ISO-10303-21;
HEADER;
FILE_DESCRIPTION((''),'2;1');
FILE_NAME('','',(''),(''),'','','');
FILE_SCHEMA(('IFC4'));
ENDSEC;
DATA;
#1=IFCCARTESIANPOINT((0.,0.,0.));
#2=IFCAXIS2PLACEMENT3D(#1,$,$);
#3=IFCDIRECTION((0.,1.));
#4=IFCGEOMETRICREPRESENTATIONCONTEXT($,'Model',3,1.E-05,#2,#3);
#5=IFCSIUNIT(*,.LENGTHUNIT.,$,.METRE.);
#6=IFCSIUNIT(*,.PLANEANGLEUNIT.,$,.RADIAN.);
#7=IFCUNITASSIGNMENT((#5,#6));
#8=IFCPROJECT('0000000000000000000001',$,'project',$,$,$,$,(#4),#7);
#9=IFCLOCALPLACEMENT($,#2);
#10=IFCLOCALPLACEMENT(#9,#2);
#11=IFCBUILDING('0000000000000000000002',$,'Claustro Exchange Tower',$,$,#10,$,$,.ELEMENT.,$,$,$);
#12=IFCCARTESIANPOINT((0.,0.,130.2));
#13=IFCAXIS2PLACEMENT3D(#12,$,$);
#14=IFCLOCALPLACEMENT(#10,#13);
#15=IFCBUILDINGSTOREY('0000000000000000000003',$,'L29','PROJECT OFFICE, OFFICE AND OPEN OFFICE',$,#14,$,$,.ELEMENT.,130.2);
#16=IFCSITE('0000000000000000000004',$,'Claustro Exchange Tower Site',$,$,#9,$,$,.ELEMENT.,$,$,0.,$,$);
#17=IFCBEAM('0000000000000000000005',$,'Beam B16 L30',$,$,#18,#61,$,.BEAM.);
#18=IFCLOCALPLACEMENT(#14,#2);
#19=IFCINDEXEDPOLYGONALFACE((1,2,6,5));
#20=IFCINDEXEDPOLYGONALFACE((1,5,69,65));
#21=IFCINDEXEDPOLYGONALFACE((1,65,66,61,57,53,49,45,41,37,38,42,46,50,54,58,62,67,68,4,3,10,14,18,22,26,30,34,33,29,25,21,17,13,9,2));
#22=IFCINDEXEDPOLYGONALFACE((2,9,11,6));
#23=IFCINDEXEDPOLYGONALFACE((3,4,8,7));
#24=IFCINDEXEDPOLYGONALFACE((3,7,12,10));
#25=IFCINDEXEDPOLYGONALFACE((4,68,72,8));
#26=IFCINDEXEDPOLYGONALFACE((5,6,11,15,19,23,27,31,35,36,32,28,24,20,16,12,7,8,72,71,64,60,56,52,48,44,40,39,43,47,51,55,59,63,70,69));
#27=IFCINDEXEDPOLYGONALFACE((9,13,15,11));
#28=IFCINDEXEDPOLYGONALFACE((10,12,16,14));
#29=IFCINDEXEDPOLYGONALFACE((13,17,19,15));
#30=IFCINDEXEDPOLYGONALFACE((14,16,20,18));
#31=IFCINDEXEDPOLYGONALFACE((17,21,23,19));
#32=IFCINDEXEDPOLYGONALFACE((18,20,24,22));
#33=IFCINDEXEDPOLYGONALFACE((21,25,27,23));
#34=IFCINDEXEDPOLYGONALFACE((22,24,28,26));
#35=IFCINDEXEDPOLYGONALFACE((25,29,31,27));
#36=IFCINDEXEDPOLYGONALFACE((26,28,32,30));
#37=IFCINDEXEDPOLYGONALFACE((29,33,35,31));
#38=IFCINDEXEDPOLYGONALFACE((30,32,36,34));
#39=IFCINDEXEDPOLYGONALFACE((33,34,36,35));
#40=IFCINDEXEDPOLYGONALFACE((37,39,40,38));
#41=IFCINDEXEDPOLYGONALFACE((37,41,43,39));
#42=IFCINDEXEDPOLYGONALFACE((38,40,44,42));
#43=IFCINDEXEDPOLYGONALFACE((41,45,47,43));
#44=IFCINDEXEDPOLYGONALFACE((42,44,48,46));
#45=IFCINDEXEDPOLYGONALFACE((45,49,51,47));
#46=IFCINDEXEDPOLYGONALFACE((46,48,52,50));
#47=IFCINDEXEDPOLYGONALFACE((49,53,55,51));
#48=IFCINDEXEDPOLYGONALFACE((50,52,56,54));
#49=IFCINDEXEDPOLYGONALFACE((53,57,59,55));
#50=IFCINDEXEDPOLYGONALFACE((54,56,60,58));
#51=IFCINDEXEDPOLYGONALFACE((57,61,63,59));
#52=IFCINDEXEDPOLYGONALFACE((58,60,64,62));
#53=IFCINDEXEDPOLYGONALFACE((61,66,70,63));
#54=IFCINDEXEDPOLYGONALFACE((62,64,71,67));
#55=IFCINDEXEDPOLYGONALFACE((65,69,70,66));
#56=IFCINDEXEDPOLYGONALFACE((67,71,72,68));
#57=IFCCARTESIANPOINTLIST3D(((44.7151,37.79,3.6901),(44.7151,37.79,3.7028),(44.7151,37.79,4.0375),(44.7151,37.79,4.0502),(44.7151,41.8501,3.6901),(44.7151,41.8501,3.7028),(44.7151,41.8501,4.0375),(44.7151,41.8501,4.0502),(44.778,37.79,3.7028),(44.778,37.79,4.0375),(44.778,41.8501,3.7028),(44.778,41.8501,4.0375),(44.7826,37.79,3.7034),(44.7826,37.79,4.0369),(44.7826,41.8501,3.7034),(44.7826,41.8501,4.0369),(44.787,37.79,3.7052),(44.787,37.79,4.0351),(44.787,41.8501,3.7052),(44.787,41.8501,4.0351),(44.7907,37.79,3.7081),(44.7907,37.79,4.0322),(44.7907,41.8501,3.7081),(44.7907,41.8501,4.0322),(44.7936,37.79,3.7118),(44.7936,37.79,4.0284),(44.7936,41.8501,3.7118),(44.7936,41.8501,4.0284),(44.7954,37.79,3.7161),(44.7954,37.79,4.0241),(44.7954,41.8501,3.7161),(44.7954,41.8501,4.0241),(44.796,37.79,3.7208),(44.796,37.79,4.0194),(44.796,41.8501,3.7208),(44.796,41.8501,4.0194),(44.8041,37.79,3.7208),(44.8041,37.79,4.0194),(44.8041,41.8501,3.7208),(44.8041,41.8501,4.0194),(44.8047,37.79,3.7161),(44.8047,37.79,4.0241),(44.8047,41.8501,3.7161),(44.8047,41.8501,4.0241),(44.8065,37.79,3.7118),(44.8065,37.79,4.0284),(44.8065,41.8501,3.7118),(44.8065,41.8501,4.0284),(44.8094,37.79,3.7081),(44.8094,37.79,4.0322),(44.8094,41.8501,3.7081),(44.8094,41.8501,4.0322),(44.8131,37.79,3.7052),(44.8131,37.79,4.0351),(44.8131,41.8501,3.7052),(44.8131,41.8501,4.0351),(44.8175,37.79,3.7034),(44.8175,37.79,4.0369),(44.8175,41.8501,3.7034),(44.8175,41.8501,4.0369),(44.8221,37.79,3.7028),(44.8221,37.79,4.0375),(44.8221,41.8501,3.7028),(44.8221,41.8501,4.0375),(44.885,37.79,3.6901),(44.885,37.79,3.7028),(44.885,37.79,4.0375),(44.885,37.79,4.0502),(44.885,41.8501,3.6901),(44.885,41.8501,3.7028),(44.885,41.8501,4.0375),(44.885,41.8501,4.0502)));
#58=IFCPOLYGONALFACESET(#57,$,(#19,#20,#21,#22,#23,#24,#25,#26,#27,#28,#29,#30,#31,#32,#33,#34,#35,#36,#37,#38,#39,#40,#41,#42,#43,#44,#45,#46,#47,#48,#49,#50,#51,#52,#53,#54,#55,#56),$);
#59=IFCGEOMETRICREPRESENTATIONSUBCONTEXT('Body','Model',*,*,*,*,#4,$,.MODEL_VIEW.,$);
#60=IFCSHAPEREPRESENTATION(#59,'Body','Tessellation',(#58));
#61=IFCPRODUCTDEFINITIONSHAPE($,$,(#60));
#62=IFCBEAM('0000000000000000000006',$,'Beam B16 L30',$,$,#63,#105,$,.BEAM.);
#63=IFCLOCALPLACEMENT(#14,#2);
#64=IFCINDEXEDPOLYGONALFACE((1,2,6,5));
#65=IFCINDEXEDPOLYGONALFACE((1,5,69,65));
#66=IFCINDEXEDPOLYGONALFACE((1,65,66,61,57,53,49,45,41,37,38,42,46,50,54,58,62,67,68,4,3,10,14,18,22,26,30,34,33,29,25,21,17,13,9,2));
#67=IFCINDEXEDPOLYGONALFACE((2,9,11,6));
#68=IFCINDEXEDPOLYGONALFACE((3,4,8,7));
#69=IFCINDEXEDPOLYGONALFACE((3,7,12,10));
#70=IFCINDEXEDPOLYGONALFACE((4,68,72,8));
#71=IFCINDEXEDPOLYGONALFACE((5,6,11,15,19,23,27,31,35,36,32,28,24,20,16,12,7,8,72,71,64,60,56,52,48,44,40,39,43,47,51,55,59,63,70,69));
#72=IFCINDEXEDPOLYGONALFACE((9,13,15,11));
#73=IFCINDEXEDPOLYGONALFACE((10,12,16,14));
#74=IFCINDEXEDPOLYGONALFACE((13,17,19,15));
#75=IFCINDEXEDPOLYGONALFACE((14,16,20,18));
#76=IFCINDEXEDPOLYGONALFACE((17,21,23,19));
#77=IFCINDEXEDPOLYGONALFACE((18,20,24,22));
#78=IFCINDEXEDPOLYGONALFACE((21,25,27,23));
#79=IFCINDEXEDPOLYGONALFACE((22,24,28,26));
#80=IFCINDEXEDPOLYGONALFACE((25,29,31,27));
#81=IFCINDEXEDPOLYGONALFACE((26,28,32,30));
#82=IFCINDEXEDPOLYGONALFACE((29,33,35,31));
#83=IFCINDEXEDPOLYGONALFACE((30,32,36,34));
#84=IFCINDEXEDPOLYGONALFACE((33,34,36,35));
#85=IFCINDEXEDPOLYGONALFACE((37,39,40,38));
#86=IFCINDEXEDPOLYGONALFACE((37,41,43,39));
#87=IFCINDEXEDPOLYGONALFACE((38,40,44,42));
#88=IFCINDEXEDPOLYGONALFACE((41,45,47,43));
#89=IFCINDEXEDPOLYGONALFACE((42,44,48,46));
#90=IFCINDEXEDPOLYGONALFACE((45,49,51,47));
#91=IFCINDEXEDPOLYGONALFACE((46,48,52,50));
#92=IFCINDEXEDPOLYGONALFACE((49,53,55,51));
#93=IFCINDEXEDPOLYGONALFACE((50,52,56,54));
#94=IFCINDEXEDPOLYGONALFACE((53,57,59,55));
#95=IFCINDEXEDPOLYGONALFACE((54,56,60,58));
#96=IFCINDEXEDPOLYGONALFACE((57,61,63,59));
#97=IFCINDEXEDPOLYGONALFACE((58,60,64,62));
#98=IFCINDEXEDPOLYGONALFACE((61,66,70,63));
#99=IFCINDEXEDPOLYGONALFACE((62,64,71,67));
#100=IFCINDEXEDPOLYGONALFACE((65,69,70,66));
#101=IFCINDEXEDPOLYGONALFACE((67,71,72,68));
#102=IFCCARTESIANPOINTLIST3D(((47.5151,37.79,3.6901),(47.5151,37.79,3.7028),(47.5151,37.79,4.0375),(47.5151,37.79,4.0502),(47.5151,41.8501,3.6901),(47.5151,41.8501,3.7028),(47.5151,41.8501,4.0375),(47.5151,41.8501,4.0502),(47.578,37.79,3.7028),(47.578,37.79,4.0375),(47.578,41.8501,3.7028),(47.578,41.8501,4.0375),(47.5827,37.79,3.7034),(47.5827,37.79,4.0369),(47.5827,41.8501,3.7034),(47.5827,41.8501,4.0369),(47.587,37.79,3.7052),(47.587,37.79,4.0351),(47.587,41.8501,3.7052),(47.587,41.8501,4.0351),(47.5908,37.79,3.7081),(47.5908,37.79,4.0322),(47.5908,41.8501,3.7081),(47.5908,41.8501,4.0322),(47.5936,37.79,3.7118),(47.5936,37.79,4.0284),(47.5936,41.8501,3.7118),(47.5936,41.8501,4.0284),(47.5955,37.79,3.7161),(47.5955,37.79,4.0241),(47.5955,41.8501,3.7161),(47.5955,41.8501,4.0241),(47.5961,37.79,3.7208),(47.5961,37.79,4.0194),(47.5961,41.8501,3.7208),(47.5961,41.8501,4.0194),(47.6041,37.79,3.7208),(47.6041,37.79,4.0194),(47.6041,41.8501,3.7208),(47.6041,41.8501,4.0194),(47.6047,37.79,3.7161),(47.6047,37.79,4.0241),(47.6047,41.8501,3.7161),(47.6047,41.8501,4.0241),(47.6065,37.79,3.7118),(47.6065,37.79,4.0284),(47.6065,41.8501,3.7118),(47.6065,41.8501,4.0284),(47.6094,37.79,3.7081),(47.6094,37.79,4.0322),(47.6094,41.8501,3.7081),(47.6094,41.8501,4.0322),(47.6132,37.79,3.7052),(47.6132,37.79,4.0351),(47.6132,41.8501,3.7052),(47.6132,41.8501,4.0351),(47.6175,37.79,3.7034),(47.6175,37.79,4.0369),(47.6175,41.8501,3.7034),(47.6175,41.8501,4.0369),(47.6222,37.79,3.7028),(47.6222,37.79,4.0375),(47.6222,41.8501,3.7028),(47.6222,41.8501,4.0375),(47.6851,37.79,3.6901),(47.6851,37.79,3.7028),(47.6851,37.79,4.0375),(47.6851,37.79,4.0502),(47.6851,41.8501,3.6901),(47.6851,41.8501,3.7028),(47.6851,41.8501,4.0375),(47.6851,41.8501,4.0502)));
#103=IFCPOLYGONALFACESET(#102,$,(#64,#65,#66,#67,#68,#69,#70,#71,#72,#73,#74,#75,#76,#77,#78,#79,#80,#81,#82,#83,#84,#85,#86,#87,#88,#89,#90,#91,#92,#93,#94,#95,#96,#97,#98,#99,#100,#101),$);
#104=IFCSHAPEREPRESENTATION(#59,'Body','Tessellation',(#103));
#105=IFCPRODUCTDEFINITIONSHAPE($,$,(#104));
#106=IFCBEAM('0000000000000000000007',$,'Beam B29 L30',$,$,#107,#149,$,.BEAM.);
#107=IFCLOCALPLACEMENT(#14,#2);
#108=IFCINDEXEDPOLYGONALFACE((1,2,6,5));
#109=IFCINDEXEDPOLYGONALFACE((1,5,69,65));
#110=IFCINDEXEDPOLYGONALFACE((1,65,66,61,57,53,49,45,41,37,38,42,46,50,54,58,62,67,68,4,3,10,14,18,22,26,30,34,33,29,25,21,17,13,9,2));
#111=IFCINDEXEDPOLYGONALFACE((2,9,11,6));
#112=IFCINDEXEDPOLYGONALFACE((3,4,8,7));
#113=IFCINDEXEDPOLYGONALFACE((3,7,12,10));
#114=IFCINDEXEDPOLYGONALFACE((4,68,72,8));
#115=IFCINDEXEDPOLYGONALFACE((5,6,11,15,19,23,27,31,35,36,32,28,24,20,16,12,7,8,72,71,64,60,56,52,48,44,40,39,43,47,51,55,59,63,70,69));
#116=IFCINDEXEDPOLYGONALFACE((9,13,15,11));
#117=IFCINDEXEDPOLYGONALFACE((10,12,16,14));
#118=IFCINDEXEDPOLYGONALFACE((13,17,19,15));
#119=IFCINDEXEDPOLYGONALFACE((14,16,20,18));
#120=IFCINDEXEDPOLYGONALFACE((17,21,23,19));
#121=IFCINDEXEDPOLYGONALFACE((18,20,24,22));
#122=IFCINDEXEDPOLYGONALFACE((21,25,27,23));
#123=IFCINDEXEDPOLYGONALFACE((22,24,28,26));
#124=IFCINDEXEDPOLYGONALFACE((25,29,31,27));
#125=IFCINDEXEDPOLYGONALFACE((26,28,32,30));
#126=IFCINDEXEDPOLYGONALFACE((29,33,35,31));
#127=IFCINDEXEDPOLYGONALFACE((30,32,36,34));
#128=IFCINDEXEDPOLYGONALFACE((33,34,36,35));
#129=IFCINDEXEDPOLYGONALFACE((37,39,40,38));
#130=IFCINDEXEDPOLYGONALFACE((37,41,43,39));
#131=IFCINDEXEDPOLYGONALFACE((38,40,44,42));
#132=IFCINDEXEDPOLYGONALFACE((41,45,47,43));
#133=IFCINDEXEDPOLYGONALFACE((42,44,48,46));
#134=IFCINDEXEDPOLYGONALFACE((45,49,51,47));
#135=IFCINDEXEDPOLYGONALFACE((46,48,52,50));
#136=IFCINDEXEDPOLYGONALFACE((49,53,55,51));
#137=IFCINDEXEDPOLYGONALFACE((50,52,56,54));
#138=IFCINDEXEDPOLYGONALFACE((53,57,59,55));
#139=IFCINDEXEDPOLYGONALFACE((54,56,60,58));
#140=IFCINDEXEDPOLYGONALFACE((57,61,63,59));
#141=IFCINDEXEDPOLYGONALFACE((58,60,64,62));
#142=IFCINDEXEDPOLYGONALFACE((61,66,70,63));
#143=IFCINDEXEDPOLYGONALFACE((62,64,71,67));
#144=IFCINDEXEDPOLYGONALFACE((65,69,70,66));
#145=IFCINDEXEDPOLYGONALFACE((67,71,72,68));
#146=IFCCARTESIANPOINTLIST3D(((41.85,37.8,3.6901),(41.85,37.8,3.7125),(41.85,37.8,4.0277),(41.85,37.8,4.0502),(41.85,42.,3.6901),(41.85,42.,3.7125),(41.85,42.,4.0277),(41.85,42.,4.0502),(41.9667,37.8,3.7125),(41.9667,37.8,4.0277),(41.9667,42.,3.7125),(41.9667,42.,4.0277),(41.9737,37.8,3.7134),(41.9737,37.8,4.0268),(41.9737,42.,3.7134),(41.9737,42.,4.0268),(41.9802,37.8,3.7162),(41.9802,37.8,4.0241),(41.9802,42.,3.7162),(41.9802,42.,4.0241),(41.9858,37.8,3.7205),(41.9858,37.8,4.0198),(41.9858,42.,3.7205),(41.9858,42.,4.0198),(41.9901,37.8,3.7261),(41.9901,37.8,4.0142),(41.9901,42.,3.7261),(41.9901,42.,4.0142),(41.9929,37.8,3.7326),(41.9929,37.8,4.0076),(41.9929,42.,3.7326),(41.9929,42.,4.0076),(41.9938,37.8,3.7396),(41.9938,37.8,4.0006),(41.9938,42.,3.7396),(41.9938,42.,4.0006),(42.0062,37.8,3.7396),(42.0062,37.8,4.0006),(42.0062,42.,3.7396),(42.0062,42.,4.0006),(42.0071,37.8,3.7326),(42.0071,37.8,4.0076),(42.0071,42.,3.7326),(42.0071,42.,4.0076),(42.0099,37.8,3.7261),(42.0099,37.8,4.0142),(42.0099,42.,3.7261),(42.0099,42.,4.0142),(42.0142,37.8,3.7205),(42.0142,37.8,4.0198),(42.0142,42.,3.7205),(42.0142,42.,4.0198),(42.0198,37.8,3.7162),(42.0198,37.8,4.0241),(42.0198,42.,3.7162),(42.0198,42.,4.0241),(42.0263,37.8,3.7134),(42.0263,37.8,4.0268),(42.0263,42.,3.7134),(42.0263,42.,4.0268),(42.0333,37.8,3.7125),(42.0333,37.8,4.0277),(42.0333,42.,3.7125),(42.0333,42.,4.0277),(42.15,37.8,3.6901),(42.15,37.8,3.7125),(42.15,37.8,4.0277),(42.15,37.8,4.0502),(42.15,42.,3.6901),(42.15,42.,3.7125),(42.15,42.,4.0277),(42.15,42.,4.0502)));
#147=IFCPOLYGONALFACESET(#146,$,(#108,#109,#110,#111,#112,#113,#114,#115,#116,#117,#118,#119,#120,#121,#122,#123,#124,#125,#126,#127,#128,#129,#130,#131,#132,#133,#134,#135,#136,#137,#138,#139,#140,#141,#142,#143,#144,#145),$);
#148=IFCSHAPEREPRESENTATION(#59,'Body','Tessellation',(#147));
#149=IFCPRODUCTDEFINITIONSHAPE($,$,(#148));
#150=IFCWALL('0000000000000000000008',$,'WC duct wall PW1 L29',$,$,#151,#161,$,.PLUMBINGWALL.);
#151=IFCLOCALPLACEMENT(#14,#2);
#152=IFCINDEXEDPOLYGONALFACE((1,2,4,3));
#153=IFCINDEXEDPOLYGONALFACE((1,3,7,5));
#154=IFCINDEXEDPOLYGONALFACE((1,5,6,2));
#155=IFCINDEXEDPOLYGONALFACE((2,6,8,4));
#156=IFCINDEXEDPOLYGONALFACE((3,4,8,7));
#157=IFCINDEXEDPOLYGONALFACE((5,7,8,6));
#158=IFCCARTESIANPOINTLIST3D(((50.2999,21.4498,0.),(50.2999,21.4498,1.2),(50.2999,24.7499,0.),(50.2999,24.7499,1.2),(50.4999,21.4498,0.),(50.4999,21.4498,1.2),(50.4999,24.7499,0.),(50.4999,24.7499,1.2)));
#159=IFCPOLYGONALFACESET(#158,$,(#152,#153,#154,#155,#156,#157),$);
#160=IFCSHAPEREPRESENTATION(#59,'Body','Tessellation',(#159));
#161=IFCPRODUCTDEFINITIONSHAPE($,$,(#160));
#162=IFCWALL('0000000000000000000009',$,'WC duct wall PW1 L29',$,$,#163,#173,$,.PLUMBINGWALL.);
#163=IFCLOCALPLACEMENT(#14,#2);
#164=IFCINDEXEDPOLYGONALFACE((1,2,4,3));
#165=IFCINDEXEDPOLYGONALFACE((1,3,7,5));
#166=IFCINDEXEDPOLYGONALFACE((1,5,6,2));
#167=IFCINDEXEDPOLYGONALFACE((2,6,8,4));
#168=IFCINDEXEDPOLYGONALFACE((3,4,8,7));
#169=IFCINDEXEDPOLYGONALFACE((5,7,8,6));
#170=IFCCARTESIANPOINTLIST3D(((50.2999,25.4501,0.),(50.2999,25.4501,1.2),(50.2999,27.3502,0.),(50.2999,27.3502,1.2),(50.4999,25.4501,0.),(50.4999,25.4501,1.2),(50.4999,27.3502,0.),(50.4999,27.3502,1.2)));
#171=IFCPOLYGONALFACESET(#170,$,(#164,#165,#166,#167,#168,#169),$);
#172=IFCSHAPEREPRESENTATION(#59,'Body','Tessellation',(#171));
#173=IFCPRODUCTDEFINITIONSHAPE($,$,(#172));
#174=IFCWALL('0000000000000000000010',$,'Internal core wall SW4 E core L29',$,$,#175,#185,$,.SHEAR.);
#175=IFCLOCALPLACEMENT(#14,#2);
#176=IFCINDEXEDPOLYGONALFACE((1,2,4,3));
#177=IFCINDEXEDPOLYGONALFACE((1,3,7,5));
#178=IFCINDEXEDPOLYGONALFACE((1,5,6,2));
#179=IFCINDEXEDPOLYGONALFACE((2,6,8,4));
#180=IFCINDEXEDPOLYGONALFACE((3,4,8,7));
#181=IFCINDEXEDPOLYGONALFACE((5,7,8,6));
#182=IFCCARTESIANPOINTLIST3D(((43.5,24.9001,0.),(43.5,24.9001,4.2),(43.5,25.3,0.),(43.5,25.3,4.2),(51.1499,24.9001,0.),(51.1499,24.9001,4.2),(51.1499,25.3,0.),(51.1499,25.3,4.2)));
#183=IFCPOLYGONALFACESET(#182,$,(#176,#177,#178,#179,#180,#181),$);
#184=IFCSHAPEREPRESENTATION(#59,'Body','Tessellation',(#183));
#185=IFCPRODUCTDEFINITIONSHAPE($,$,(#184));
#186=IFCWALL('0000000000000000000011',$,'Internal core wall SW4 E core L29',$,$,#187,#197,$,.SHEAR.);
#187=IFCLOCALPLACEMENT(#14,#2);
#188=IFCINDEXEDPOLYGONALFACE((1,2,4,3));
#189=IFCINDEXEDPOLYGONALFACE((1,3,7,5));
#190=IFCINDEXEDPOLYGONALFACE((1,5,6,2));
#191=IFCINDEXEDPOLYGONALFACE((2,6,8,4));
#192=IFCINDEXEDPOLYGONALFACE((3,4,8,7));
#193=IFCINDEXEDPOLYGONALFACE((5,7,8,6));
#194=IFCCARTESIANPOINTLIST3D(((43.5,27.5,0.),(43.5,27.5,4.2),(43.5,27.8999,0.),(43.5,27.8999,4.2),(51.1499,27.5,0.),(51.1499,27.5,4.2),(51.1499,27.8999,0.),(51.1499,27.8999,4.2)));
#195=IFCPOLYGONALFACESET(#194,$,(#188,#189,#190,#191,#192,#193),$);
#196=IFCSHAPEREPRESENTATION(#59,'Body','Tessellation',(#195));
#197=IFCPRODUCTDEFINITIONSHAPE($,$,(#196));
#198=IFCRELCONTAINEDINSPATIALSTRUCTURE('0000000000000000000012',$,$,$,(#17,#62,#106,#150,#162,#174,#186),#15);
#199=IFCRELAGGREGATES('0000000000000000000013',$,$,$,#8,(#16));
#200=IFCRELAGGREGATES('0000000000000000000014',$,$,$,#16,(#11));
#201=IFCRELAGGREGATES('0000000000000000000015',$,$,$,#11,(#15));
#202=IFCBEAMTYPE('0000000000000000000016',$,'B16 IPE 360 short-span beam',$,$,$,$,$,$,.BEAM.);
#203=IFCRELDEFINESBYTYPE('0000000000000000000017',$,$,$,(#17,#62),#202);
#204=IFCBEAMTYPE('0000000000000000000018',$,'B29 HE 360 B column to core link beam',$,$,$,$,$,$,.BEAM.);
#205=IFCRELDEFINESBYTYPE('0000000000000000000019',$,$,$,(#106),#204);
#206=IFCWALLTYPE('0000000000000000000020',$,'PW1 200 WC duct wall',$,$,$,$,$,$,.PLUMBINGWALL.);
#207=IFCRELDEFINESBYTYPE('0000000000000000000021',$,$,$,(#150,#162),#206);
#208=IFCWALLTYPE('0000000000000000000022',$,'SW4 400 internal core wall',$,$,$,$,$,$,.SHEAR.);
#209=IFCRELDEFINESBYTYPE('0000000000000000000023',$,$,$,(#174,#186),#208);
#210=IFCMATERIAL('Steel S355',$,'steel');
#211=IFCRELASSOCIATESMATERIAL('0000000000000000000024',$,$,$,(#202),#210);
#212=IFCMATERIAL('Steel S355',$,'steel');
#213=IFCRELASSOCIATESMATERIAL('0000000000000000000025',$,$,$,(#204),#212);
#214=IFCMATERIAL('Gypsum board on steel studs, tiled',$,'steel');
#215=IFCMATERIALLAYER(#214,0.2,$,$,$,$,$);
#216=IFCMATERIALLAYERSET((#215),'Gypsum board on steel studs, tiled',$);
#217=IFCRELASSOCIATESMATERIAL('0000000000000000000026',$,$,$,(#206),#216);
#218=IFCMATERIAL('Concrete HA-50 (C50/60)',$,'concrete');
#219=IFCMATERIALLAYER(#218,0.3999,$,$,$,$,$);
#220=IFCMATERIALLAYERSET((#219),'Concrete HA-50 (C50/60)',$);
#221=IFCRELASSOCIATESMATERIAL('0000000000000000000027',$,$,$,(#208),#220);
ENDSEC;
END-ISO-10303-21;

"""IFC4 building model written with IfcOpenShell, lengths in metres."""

from ifc_helpers import new_model, si_unit, direction, frame, frame_2d, origin, origin_2d, place, context, subcontext, project, spatial, rectangle, i_section, extrude, material, layer, layer_set, material_profile, profile_set, type_object, element, save


model = new_model("IFC4")

# Units and contexts
model_context = context("Model", 3, precision=1e-05, world=origin(), true_north=direction((0.0, 1.0)))
body_context = subcontext(model_context, "Body", "Model", "MODEL_VIEW")
ifc_project = project(units=[si_unit("LENGTHUNIT", "METRE"), si_unit("PLANEANGLEUNIT", "RADIAN")], contexts=[model_context])

# Site, building, storey
site_placement = place(None, origin())
site = spatial("IfcSite", under=ifc_project, at=site_placement, Name="Claustro Exchange Tower Site", CompositionType="ELEMENT", RefElevation=0.0)
building_placement = place(site_placement, origin())
building = spatial("IfcBuilding", under=site, at=building_placement, Name="Claustro Exchange Tower", CompositionType="ELEMENT")
storey_placement = place(building_placement, frame((0.0, 0.0, 130.2)))
storey = spatial("IfcBuildingStorey", under=building, at=storey_placement, Name="L29", Description="PROJECT OFFICE, OFFICE AND OPEN OFFICE", CompositionType="ELEMENT", Elevation=130.2)

# Beams
ifc_material_1 = material(Name="Steel S355", Category="steel")
ifc_material_profile_1 = material_profile(ifc_material_1, i_section(OverallWidth=0.1699, OverallDepth=0.3601, WebThickness=0.0081, FlangeThickness=0.0127, FilletRadius=0.0181, at=origin_2d()), Name="IPE 360")
ifc_profile_set_1 = profile_set([ifc_material_profile_1], Name="Steel S355")
beam_type_1 = type_object("IfcBeamType", Name="B16 IPE 360 short-span beam", PredefinedType="BEAM", material=ifc_profile_set_1)
for number, where, z_axis, x_axis, name in (
    (1, (44.8, 37.79, 3.8701), (0.0, 1.0, 0.0), (-1.0, 0.0, 0.0), "Beam B16 L30"),
    (2, (47.6001, 37.79, 3.8701), (0.0, 1.0, 0.0), (-1.0, 0.0, 0.0), "Beam B16 L30"),
):
    element("IfcBeam", number, at=place(storey_placement, frame(where, z_axis=z_axis, x_axis=x_axis)), inside=storey, type_object=beam_type_1, Name=name, PredefinedType="BEAM", context=body_context, shape_type="SweptSolid", body=[
        extrude(i_section(OverallWidth=0.1699, OverallDepth=0.3601, WebThickness=0.0081, FlangeThickness=0.0127, FilletRadius=0.0181, at=origin_2d()), origin(), (0.0, 0.0, 1.0), 4.0601),
    ])
ifc_material_2 = material(Name="Steel S355", Category="steel")
ifc_material_profile_2 = material_profile(ifc_material_2, i_section(OverallWidth=0.3, OverallDepth=0.3601, WebThickness=0.0125, FlangeThickness=0.0225, FilletRadius=0.0271, at=origin_2d()), Name="HE 360 B")
ifc_profile_set_2 = profile_set([ifc_material_profile_2], Name="Steel S355")
beam_type_2 = type_object("IfcBeamType", Name="B29 HE 360 B column to core link beam", PredefinedType="BEAM", material=ifc_profile_set_2)
beam_placement = place(storey_placement, frame((42.0, 37.8, 3.8701), z_axis=(0.0, 1.0, 0.0), x_axis=(-1.0, 0.0, 0.0)))
element("IfcBeam", 3, at=beam_placement, inside=storey, type_object=beam_type_2, Name="Beam B29 L30", PredefinedType="BEAM", context=body_context, shape_type="SweptSolid", body=[
    extrude(i_section(OverallWidth=0.3, OverallDepth=0.3601, WebThickness=0.0125, FlangeThickness=0.0225, FilletRadius=0.0271, at=origin_2d()), origin(), (0.0, 0.0, 1.0), 4.2),
])

# Walls
ifc_material_3 = material(Name="Gypsum board on steel studs, tiled", Category="steel")
ifc_layer_1 = layer(ifc_material_3, 0.2)
ifc_layer_set_1 = layer_set([ifc_layer_1], Name="Gypsum board on steel studs, tiled")
wall_type_1 = type_object("IfcWallType", Name="PW1 200 WC duct wall", PredefinedType="PLUMBINGWALL", material=ifc_layer_set_1)
wall_1_placement = place(storey_placement, frame((50.3999, 21.45, 0.0), z_axis=(0.0, 0.0, 1.0), x_axis=(0.0, 1.0, 0.0)))
element("IfcWall", 4, at=wall_1_placement, inside=storey, type_object=wall_type_1, Name="WC duct wall PW1 L29", PredefinedType="PLUMBINGWALL", context=body_context, shape_type="SweptSolid", body=[
    extrude(rectangle(XDim=3.3, YDim=0.2, at=frame_2d((1.6499, 0.0))), origin(), (0.0, 0.0, 1.0), 1.2),
])
wall_2_placement = place(storey_placement, frame((50.3999, 25.45, 0.0), z_axis=(0.0, 0.0, 1.0), x_axis=(0.0, 1.0, 0.0)))
element("IfcWall", 5, at=wall_2_placement, inside=storey, type_object=wall_type_1, Name="WC duct wall PW1 L29", PredefinedType="PLUMBINGWALL", context=body_context, shape_type="SweptSolid", body=[
    extrude(rectangle(XDim=1.9001, YDim=0.2, at=frame_2d((0.9502, 0.0))), origin(), (0.0, 0.0, 1.0), 1.2),
])
ifc_material_4 = material(Name="Concrete HA-50 (C50/60)", Category="concrete")
ifc_layer_2 = layer(ifc_material_4, 0.3999)
ifc_layer_set_2 = layer_set([ifc_layer_2], Name="Concrete HA-50 (C50/60)")
wall_type_2 = type_object("IfcWallType", Name="SW4 400 internal core wall", PredefinedType="SHEAR", material=ifc_layer_set_2)
for number, where, z_axis, x_axis, name in (
    (6, (51.1499, 25.1001, 0.0), (0.0, 0.0, 1.0), (-1.0, 0.0, 0.0), "Internal core wall SW4 E core L29"),
    (7, (51.1499, 27.7, 0.0), (0.0, 0.0, 1.0), (-1.0, 0.0, 0.0), "Internal core wall SW4 E core L29"),
):
    element("IfcWall", number, at=place(storey_placement, frame(where, z_axis=z_axis, x_axis=x_axis)), inside=storey, type_object=wall_type_2, Name=name, PredefinedType="SHEAR", context=body_context, shape_type="SweptSolid", body=[
        extrude(rectangle(XDim=7.6499, YDim=0.3999, at=frame_2d((3.825, 0.0))), origin(), (0.0, 0.0, 1.0), 4.2),
    ])

save(model, "model.ifc")
